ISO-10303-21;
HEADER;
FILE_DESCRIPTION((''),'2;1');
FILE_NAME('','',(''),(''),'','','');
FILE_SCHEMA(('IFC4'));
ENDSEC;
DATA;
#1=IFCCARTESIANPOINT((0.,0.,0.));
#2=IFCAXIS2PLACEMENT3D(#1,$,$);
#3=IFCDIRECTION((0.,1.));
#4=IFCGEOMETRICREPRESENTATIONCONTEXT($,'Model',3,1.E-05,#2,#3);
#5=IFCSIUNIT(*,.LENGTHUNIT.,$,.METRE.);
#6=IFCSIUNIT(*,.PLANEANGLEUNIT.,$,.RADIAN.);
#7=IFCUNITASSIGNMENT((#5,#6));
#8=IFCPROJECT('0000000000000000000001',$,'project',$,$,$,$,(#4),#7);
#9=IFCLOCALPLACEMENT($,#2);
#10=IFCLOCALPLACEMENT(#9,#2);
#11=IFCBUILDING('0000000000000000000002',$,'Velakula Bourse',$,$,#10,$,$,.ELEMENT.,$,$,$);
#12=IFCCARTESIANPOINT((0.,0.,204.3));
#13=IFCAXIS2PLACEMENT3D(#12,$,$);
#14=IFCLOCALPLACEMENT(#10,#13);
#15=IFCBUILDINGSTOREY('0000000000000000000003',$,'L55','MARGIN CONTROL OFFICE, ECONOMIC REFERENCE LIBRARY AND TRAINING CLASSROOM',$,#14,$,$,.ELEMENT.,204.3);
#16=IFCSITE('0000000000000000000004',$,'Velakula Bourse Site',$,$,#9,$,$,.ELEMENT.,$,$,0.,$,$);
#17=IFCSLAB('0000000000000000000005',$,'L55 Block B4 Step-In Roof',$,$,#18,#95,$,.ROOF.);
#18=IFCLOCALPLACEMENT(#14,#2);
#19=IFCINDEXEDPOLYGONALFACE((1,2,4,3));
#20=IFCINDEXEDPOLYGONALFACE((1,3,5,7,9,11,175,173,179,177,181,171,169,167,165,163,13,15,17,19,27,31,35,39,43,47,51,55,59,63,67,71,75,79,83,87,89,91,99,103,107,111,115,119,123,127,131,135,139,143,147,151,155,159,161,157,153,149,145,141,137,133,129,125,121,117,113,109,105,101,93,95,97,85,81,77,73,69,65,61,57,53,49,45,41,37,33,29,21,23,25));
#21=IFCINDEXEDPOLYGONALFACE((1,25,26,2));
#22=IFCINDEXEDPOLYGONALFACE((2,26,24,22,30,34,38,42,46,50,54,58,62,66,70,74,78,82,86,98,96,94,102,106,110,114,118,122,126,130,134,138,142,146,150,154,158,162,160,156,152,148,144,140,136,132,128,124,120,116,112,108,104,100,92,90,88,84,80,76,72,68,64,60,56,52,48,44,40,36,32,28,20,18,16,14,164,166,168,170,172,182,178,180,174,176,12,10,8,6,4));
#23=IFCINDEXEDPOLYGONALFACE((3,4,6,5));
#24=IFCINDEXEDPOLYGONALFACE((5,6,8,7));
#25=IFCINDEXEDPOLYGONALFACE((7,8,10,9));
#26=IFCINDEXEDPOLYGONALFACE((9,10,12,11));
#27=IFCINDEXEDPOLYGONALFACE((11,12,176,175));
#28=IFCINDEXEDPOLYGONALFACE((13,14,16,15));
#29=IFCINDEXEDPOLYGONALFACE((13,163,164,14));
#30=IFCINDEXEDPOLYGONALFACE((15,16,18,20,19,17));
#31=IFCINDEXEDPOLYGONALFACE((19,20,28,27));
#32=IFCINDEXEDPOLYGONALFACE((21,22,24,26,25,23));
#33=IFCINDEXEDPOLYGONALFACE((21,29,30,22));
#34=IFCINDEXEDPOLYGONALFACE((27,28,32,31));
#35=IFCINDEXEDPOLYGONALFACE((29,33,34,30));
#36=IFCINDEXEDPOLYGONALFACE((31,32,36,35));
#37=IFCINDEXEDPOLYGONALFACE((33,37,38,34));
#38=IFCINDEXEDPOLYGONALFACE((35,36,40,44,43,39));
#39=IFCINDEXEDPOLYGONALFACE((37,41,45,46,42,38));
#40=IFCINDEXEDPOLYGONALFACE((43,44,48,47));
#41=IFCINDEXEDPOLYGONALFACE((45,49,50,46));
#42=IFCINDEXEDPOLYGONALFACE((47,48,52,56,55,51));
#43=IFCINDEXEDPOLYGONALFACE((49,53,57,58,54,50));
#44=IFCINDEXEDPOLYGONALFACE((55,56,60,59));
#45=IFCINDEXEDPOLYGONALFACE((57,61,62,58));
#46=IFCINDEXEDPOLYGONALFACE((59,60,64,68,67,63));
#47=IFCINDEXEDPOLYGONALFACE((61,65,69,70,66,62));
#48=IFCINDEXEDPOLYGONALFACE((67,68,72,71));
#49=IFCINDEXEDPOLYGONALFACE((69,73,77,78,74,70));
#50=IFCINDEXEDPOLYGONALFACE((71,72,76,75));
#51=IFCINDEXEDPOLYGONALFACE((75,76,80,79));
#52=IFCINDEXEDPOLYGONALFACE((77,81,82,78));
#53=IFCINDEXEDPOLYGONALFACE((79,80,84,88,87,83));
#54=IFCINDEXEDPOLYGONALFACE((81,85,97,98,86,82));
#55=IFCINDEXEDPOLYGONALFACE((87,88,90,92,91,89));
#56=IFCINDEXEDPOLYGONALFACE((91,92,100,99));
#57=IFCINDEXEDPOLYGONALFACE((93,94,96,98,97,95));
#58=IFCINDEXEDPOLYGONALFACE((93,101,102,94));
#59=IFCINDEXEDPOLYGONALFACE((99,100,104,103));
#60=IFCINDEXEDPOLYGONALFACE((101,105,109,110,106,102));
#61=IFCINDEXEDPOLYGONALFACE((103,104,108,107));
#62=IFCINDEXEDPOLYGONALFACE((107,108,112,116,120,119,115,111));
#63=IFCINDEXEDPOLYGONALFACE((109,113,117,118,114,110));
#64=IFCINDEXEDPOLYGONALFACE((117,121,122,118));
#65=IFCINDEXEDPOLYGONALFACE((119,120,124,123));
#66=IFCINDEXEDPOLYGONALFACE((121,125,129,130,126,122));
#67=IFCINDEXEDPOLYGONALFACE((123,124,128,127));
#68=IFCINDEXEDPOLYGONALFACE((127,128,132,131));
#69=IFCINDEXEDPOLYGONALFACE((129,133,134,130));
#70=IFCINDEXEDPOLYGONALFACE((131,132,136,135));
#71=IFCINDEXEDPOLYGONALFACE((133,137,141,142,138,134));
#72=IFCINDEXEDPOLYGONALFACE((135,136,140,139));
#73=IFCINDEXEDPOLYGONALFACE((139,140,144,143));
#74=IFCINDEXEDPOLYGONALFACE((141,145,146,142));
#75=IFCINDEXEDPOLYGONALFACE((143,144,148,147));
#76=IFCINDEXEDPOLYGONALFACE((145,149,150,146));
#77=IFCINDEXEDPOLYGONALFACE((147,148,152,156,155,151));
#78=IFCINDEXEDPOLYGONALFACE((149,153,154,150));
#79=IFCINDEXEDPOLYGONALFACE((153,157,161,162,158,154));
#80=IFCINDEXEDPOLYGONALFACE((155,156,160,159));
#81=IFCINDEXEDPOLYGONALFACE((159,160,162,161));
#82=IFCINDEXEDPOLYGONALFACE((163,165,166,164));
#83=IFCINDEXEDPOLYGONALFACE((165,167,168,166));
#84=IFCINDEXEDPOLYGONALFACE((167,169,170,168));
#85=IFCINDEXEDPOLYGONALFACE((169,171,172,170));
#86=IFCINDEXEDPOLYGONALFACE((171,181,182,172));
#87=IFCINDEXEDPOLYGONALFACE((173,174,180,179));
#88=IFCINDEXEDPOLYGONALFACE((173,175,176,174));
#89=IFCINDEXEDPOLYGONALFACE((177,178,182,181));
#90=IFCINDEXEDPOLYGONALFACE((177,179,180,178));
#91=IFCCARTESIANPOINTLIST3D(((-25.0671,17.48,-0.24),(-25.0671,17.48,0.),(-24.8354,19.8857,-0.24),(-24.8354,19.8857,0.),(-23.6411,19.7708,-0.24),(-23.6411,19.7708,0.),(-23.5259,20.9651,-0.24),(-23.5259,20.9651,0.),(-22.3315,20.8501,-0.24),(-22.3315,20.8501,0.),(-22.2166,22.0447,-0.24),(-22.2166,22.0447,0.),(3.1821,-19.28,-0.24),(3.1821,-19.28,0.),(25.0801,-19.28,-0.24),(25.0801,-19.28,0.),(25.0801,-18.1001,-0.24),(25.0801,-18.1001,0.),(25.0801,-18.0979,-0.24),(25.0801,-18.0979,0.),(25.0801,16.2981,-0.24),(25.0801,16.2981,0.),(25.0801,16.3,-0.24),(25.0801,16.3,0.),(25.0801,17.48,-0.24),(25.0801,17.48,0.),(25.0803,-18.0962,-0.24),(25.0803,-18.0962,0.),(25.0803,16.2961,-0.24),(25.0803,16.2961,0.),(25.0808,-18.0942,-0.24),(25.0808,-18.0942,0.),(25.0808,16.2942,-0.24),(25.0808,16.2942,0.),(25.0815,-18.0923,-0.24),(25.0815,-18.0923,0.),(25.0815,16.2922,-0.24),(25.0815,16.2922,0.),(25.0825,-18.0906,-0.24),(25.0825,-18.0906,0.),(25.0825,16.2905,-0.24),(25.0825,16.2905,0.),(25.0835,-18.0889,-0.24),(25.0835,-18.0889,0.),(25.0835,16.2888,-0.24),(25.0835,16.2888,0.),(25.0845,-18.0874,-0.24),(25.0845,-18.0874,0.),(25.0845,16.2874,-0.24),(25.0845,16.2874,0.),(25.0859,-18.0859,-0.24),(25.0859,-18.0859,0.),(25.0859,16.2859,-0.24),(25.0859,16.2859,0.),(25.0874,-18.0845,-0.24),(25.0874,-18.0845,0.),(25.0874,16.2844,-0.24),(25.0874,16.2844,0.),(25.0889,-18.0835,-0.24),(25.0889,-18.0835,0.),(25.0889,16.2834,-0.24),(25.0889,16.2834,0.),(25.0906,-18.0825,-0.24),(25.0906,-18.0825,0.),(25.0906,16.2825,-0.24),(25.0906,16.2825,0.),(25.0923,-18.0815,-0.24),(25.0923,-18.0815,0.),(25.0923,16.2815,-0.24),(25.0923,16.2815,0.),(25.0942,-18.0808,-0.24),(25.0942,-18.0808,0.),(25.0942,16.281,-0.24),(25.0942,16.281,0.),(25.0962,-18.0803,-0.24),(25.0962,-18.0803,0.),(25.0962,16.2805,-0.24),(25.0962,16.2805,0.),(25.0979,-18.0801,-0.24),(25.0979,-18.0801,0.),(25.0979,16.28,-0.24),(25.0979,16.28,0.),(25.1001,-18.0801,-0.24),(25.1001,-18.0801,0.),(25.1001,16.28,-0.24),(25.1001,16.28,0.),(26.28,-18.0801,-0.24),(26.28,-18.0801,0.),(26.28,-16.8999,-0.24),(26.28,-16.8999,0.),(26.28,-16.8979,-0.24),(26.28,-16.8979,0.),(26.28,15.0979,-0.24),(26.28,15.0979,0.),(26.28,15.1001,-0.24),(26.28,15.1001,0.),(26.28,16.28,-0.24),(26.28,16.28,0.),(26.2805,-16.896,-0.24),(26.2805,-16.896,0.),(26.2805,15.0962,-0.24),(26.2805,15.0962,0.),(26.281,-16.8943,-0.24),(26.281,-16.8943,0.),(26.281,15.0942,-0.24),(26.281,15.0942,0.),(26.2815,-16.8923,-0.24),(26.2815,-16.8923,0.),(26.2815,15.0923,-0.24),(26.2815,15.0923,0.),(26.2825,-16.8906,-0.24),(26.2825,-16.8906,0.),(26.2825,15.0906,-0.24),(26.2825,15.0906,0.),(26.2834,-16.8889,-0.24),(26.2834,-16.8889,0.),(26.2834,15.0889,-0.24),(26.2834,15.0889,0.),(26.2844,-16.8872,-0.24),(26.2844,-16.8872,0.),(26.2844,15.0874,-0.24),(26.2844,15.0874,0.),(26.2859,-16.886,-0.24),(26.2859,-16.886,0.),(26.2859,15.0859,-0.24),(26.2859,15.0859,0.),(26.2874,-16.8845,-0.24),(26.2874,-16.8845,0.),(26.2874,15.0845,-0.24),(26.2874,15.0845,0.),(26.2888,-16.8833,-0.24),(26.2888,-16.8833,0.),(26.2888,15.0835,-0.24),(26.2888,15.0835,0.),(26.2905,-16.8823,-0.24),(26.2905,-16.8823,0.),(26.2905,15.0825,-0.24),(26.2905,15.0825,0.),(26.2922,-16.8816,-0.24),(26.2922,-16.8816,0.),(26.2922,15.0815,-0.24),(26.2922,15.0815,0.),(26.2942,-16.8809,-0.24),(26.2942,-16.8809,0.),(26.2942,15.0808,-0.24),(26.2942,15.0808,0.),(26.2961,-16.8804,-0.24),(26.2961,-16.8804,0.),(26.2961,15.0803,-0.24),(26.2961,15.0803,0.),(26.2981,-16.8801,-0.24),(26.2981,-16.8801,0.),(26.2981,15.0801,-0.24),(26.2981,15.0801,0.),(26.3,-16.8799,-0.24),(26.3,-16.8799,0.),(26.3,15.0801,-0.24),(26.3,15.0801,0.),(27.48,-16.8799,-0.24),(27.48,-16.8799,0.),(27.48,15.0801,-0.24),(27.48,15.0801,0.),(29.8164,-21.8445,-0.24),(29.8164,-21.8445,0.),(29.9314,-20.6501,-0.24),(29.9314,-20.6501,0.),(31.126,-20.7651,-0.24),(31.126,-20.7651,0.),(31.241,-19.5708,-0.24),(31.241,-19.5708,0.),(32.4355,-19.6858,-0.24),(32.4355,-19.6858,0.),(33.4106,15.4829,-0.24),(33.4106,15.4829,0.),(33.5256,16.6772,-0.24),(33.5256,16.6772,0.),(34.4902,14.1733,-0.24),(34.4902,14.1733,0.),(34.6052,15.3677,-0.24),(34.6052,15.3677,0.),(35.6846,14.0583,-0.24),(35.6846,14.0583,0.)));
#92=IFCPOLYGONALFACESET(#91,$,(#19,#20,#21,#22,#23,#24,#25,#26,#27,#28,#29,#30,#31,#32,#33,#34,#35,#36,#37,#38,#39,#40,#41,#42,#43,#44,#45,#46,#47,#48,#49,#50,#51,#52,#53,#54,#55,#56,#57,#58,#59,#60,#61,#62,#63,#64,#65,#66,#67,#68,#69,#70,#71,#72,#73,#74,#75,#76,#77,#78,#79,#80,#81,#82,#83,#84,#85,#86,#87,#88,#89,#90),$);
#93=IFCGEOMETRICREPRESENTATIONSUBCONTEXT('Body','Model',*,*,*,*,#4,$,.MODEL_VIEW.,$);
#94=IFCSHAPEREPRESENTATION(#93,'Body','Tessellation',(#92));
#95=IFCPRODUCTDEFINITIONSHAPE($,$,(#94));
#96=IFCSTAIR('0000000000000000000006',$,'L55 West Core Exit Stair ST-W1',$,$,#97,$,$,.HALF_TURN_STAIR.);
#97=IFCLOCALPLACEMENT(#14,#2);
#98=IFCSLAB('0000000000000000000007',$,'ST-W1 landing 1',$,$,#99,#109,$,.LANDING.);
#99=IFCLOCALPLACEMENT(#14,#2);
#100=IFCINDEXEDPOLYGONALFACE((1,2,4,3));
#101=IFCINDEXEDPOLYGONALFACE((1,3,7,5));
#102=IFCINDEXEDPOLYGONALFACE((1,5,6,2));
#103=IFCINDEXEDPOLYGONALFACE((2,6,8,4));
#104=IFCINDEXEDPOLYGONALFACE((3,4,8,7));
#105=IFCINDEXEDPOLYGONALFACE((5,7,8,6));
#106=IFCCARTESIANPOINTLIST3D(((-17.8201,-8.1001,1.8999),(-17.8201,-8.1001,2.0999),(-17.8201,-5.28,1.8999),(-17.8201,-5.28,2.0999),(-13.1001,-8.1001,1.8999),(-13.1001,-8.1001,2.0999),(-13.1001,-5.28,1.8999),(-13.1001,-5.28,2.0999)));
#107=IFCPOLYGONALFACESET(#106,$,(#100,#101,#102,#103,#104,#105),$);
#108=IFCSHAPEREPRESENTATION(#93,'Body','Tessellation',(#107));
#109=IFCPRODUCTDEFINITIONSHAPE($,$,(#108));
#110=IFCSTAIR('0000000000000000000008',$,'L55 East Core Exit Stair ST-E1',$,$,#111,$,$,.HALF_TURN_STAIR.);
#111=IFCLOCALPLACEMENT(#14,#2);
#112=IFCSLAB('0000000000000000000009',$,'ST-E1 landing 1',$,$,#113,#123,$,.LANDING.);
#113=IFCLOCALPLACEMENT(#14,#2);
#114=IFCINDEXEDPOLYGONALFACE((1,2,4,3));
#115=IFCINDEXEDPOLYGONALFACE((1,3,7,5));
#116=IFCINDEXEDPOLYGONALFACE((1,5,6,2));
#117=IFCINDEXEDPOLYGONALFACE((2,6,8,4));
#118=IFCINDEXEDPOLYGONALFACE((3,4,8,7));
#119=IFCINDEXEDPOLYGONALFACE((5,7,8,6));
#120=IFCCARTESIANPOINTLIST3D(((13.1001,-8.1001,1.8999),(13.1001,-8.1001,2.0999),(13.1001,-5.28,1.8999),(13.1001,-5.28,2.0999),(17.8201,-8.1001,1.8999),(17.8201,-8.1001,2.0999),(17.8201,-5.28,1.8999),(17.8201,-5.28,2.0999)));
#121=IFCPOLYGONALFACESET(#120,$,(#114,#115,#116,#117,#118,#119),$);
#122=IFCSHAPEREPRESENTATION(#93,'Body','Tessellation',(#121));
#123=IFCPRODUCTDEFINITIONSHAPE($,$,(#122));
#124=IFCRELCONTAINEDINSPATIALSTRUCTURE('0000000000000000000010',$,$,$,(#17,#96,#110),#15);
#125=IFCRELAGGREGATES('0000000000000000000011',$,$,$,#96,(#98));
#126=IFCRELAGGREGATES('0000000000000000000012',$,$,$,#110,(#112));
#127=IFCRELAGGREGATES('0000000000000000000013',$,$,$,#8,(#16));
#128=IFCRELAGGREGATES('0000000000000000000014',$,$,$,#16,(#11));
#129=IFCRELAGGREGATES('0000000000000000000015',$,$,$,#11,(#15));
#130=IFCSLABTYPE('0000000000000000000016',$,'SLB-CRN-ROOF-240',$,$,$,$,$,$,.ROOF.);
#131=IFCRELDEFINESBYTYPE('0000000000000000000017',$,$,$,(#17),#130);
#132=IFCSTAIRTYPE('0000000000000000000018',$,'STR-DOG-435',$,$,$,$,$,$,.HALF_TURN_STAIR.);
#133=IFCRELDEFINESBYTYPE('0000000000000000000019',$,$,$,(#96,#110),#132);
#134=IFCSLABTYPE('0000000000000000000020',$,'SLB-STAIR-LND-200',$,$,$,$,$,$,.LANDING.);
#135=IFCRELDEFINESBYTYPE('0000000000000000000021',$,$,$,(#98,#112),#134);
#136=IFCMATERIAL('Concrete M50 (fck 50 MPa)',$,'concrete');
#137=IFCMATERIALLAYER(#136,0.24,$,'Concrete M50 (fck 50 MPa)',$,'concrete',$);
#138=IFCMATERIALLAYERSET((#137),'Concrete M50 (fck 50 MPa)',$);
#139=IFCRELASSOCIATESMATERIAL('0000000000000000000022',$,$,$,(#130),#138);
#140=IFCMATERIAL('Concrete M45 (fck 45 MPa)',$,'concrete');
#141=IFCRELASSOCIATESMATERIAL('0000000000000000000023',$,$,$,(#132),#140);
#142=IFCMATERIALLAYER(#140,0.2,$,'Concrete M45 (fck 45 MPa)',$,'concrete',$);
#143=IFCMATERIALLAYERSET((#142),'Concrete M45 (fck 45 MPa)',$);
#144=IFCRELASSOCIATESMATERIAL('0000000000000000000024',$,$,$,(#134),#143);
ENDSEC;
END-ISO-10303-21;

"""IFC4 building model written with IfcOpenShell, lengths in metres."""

from ifc_helpers import new_model, si_unit, direction, frame, origin, place, context, subcontext, project, spatial, polyline, outline, extrude, material, layer, layer_set, type_object, element, aggregate, save


model = new_model("IFC4")

# Units and contexts
model_context = context("Model", 3, precision=1e-05, world=origin(), true_north=direction((0.0, 1.0)))
body_context = subcontext(model_context, "Body", "Model", "MODEL_VIEW")
ifc_project = project(units=[si_unit("LENGTHUNIT", "METRE"), si_unit("PLANEANGLEUNIT", "RADIAN")], contexts=[model_context])

# Site, building, storey
site_placement = place(None, origin())
site = spatial("IfcSite", under=ifc_project, at=site_placement, Name="Velakula Bourse Site", CompositionType="ELEMENT", RefElevation=0.0)
building_placement = place(site_placement, origin())
building = spatial("IfcBuilding", under=site, at=building_placement, Name="Velakula Bourse", CompositionType="ELEMENT")
storey_placement = place(building_placement, frame((0.0, 0.0, 204.3)))
storey = spatial("IfcBuildingStorey", under=building, at=storey_placement, Name="L55", Description="MARGIN CONTROL OFFICE, ECONOMIC REFERENCE LIBRARY AND TRAINING CLASSROOM", CompositionType="ELEMENT", Elevation=204.3)

# Shared definitions
ifc_material_1 = material(Name="Concrete M50 (fck 50 MPa)", Category="concrete")

# Slab
ifc_layer_1 = layer(ifc_material_1, 0.24, Name="Concrete M50 (fck 50 MPa)", Category="concrete")
ifc_layer_set_1 = layer_set([ifc_layer_1], Name="Concrete M50 (fck 50 MPa)")
slab_type_1 = type_object("IfcSlabType", Name="SLB-CRN-ROOF-240", PredefinedType="ROOF", material=ifc_layer_set_1)
slab_1_placement = place(storey_placement, frame((0.0, 0.0, -0.24)))
element("IfcSlab", 1, at=slab_1_placement, inside=storey, type_object=slab_type_1, Name="L55 Block B4 Step-In Roof", PredefinedType="ROOF", context=body_context, shape_type="SweptSolid", body=[
    extrude(outline(polyline([(-24.8354, 19.8857), (-23.6411, 19.7708), (-23.5259, 20.9651), (-22.3315, 20.8501), (-22.2166, 22.0447), (33.5256, 16.6772), (33.4106, 15.4829), (34.6052, 15.3677), (34.4902, 14.1733), (35.6846, 14.0583), (32.4355, -19.6858), (31.241, -19.5708), (31.126, -20.7651), (29.9314, -20.6501), (29.8164, -21.8445), (3.1821, -19.28), (25.0801, -19.28), (25.0801, -18.1001), (25.0801, -18.0979), (25.0803, -18.0962), (25.0808, -18.0942), (25.0815, -18.0923), (25.0825, -18.0906), (25.0835, -18.0889), (25.0845, -18.0874), (25.0859, -18.0859), (25.0874, -18.0845), (25.0889, -18.0835), (25.0906, -18.0825), (25.0923, -18.0815), (25.0942, -18.0808), (25.0962, -18.0803), (25.0979, -18.0801), (25.1001, -18.0801), (26.28, -18.0801), (26.28, -16.8999), (26.28, -16.8979), (26.2805, -16.896), (26.281, -16.8943), (26.2815, -16.8923), (26.2825, -16.8906), (26.2834, -16.8889), (26.2844, -16.8872), (26.2859, -16.886), (26.2874, -16.8845), (26.2888, -16.8833), (26.2905, -16.8823), (26.2922, -16.8816), (26.2942, -16.8809), (26.2961, -16.8804), (26.2981, -16.8801), (26.3, -16.8799), (27.48, -16.8799), (27.48, 15.0801), (26.3, 15.0801), (26.2981, 15.0801), (26.2961, 15.0803), (26.2942, 15.0808), (26.2922, 15.0815), (26.2905, 15.0825), (26.2888, 15.0835), (26.2874, 15.0845), (26.2859, 15.0859), (26.2844, 15.0874), (26.2834, 15.0889), (26.2825, 15.0906), (26.2815, 15.0923), (26.281, 15.0942), (26.2805, 15.0962), (26.28, 15.0979), (26.28, 15.1001), (26.28, 16.28), (25.1001, 16.28), (25.0979, 16.28), (25.0962, 16.2805), (25.0942, 16.281), (25.0923, 16.2815), (25.0906, 16.2825), (25.0889, 16.2834), (25.0874, 16.2844), (25.0859, 16.2859), (25.0845, 16.2874), (25.0835, 16.2888), (25.0825, 16.2905), (25.0815, 16.2922), (25.0808, 16.2942), (25.0803, 16.2961), (25.0801, 16.2981), (25.0801, 16.3), (25.0801, 17.48), (-25.0671, 17.48), (-24.8354, 19.8857)])), origin(), (0.0, 0.0, 1.0), 0.24),
])

# Stairs, slabs
ifc_material_2 = material(Name="Concrete M45 (fck 45 MPa)", Category="concrete")
stair_type = type_object("IfcStairType", Name="STR-DOG-435", PredefinedType="HALF_TURN_STAIR", material=ifc_material_2)
stair_1_placement = place(storey_placement, origin())
stair_1 = element("IfcStair", 2, at=stair_1_placement, inside=storey, type_object=stair_type, Name="L55 West Core Exit Stair ST-W1", PredefinedType="HALF_TURN_STAIR")
ifc_layer_2 = layer(ifc_material_2, 0.2, Name="Concrete M45 (fck 45 MPa)", Category="concrete")
ifc_layer_set_2 = layer_set([ifc_layer_2], Name="Concrete M45 (fck 45 MPa)")
slab_type_2 = type_object("IfcSlabType", Name="SLB-STAIR-LND-200", PredefinedType="LANDING", material=ifc_layer_set_2)
slab_2_placement = place(storey_placement, frame((0.0, 0.0, 1.8999)))
slab_2 = element("IfcSlab", 3, at=slab_2_placement, type_object=slab_type_2, Name="ST-W1 landing 1", PredefinedType="LANDING", context=body_context, shape_type="SweptSolid", body=[
    extrude(outline(polyline([(-17.8201, -5.28), (-17.8201, -8.1001), (-13.1001, -8.1001), (-13.1001, -5.28), (-17.8201, -5.28)])), origin(), (0.0, 0.0, 1.0), 0.2),
])
aggregate(stair_1, [slab_2])
stair_2_placement = place(storey_placement, origin())
stair_2 = element("IfcStair", 4, at=stair_2_placement, inside=storey, type_object=stair_type, Name="L55 East Core Exit Stair ST-E1", PredefinedType="HALF_TURN_STAIR")
slab_3_placement = place(storey_placement, frame((0.0, 0.0, 1.8999)))
slab_3 = element("IfcSlab", 5, at=slab_3_placement, type_object=slab_type_2, Name="ST-E1 landing 1", PredefinedType="LANDING", context=body_context, shape_type="SweptSolid", body=[
    extrude(outline(polyline([(13.1001, -5.28), (13.1001, -8.1001), (17.8201, -8.1001), (17.8201, -5.28), (13.1001, -5.28)])), origin(), (0.0, 0.0, 1.0), 0.2),
])

aggregate(stair_2, [slab_3])

save(model, "model.ifc")
